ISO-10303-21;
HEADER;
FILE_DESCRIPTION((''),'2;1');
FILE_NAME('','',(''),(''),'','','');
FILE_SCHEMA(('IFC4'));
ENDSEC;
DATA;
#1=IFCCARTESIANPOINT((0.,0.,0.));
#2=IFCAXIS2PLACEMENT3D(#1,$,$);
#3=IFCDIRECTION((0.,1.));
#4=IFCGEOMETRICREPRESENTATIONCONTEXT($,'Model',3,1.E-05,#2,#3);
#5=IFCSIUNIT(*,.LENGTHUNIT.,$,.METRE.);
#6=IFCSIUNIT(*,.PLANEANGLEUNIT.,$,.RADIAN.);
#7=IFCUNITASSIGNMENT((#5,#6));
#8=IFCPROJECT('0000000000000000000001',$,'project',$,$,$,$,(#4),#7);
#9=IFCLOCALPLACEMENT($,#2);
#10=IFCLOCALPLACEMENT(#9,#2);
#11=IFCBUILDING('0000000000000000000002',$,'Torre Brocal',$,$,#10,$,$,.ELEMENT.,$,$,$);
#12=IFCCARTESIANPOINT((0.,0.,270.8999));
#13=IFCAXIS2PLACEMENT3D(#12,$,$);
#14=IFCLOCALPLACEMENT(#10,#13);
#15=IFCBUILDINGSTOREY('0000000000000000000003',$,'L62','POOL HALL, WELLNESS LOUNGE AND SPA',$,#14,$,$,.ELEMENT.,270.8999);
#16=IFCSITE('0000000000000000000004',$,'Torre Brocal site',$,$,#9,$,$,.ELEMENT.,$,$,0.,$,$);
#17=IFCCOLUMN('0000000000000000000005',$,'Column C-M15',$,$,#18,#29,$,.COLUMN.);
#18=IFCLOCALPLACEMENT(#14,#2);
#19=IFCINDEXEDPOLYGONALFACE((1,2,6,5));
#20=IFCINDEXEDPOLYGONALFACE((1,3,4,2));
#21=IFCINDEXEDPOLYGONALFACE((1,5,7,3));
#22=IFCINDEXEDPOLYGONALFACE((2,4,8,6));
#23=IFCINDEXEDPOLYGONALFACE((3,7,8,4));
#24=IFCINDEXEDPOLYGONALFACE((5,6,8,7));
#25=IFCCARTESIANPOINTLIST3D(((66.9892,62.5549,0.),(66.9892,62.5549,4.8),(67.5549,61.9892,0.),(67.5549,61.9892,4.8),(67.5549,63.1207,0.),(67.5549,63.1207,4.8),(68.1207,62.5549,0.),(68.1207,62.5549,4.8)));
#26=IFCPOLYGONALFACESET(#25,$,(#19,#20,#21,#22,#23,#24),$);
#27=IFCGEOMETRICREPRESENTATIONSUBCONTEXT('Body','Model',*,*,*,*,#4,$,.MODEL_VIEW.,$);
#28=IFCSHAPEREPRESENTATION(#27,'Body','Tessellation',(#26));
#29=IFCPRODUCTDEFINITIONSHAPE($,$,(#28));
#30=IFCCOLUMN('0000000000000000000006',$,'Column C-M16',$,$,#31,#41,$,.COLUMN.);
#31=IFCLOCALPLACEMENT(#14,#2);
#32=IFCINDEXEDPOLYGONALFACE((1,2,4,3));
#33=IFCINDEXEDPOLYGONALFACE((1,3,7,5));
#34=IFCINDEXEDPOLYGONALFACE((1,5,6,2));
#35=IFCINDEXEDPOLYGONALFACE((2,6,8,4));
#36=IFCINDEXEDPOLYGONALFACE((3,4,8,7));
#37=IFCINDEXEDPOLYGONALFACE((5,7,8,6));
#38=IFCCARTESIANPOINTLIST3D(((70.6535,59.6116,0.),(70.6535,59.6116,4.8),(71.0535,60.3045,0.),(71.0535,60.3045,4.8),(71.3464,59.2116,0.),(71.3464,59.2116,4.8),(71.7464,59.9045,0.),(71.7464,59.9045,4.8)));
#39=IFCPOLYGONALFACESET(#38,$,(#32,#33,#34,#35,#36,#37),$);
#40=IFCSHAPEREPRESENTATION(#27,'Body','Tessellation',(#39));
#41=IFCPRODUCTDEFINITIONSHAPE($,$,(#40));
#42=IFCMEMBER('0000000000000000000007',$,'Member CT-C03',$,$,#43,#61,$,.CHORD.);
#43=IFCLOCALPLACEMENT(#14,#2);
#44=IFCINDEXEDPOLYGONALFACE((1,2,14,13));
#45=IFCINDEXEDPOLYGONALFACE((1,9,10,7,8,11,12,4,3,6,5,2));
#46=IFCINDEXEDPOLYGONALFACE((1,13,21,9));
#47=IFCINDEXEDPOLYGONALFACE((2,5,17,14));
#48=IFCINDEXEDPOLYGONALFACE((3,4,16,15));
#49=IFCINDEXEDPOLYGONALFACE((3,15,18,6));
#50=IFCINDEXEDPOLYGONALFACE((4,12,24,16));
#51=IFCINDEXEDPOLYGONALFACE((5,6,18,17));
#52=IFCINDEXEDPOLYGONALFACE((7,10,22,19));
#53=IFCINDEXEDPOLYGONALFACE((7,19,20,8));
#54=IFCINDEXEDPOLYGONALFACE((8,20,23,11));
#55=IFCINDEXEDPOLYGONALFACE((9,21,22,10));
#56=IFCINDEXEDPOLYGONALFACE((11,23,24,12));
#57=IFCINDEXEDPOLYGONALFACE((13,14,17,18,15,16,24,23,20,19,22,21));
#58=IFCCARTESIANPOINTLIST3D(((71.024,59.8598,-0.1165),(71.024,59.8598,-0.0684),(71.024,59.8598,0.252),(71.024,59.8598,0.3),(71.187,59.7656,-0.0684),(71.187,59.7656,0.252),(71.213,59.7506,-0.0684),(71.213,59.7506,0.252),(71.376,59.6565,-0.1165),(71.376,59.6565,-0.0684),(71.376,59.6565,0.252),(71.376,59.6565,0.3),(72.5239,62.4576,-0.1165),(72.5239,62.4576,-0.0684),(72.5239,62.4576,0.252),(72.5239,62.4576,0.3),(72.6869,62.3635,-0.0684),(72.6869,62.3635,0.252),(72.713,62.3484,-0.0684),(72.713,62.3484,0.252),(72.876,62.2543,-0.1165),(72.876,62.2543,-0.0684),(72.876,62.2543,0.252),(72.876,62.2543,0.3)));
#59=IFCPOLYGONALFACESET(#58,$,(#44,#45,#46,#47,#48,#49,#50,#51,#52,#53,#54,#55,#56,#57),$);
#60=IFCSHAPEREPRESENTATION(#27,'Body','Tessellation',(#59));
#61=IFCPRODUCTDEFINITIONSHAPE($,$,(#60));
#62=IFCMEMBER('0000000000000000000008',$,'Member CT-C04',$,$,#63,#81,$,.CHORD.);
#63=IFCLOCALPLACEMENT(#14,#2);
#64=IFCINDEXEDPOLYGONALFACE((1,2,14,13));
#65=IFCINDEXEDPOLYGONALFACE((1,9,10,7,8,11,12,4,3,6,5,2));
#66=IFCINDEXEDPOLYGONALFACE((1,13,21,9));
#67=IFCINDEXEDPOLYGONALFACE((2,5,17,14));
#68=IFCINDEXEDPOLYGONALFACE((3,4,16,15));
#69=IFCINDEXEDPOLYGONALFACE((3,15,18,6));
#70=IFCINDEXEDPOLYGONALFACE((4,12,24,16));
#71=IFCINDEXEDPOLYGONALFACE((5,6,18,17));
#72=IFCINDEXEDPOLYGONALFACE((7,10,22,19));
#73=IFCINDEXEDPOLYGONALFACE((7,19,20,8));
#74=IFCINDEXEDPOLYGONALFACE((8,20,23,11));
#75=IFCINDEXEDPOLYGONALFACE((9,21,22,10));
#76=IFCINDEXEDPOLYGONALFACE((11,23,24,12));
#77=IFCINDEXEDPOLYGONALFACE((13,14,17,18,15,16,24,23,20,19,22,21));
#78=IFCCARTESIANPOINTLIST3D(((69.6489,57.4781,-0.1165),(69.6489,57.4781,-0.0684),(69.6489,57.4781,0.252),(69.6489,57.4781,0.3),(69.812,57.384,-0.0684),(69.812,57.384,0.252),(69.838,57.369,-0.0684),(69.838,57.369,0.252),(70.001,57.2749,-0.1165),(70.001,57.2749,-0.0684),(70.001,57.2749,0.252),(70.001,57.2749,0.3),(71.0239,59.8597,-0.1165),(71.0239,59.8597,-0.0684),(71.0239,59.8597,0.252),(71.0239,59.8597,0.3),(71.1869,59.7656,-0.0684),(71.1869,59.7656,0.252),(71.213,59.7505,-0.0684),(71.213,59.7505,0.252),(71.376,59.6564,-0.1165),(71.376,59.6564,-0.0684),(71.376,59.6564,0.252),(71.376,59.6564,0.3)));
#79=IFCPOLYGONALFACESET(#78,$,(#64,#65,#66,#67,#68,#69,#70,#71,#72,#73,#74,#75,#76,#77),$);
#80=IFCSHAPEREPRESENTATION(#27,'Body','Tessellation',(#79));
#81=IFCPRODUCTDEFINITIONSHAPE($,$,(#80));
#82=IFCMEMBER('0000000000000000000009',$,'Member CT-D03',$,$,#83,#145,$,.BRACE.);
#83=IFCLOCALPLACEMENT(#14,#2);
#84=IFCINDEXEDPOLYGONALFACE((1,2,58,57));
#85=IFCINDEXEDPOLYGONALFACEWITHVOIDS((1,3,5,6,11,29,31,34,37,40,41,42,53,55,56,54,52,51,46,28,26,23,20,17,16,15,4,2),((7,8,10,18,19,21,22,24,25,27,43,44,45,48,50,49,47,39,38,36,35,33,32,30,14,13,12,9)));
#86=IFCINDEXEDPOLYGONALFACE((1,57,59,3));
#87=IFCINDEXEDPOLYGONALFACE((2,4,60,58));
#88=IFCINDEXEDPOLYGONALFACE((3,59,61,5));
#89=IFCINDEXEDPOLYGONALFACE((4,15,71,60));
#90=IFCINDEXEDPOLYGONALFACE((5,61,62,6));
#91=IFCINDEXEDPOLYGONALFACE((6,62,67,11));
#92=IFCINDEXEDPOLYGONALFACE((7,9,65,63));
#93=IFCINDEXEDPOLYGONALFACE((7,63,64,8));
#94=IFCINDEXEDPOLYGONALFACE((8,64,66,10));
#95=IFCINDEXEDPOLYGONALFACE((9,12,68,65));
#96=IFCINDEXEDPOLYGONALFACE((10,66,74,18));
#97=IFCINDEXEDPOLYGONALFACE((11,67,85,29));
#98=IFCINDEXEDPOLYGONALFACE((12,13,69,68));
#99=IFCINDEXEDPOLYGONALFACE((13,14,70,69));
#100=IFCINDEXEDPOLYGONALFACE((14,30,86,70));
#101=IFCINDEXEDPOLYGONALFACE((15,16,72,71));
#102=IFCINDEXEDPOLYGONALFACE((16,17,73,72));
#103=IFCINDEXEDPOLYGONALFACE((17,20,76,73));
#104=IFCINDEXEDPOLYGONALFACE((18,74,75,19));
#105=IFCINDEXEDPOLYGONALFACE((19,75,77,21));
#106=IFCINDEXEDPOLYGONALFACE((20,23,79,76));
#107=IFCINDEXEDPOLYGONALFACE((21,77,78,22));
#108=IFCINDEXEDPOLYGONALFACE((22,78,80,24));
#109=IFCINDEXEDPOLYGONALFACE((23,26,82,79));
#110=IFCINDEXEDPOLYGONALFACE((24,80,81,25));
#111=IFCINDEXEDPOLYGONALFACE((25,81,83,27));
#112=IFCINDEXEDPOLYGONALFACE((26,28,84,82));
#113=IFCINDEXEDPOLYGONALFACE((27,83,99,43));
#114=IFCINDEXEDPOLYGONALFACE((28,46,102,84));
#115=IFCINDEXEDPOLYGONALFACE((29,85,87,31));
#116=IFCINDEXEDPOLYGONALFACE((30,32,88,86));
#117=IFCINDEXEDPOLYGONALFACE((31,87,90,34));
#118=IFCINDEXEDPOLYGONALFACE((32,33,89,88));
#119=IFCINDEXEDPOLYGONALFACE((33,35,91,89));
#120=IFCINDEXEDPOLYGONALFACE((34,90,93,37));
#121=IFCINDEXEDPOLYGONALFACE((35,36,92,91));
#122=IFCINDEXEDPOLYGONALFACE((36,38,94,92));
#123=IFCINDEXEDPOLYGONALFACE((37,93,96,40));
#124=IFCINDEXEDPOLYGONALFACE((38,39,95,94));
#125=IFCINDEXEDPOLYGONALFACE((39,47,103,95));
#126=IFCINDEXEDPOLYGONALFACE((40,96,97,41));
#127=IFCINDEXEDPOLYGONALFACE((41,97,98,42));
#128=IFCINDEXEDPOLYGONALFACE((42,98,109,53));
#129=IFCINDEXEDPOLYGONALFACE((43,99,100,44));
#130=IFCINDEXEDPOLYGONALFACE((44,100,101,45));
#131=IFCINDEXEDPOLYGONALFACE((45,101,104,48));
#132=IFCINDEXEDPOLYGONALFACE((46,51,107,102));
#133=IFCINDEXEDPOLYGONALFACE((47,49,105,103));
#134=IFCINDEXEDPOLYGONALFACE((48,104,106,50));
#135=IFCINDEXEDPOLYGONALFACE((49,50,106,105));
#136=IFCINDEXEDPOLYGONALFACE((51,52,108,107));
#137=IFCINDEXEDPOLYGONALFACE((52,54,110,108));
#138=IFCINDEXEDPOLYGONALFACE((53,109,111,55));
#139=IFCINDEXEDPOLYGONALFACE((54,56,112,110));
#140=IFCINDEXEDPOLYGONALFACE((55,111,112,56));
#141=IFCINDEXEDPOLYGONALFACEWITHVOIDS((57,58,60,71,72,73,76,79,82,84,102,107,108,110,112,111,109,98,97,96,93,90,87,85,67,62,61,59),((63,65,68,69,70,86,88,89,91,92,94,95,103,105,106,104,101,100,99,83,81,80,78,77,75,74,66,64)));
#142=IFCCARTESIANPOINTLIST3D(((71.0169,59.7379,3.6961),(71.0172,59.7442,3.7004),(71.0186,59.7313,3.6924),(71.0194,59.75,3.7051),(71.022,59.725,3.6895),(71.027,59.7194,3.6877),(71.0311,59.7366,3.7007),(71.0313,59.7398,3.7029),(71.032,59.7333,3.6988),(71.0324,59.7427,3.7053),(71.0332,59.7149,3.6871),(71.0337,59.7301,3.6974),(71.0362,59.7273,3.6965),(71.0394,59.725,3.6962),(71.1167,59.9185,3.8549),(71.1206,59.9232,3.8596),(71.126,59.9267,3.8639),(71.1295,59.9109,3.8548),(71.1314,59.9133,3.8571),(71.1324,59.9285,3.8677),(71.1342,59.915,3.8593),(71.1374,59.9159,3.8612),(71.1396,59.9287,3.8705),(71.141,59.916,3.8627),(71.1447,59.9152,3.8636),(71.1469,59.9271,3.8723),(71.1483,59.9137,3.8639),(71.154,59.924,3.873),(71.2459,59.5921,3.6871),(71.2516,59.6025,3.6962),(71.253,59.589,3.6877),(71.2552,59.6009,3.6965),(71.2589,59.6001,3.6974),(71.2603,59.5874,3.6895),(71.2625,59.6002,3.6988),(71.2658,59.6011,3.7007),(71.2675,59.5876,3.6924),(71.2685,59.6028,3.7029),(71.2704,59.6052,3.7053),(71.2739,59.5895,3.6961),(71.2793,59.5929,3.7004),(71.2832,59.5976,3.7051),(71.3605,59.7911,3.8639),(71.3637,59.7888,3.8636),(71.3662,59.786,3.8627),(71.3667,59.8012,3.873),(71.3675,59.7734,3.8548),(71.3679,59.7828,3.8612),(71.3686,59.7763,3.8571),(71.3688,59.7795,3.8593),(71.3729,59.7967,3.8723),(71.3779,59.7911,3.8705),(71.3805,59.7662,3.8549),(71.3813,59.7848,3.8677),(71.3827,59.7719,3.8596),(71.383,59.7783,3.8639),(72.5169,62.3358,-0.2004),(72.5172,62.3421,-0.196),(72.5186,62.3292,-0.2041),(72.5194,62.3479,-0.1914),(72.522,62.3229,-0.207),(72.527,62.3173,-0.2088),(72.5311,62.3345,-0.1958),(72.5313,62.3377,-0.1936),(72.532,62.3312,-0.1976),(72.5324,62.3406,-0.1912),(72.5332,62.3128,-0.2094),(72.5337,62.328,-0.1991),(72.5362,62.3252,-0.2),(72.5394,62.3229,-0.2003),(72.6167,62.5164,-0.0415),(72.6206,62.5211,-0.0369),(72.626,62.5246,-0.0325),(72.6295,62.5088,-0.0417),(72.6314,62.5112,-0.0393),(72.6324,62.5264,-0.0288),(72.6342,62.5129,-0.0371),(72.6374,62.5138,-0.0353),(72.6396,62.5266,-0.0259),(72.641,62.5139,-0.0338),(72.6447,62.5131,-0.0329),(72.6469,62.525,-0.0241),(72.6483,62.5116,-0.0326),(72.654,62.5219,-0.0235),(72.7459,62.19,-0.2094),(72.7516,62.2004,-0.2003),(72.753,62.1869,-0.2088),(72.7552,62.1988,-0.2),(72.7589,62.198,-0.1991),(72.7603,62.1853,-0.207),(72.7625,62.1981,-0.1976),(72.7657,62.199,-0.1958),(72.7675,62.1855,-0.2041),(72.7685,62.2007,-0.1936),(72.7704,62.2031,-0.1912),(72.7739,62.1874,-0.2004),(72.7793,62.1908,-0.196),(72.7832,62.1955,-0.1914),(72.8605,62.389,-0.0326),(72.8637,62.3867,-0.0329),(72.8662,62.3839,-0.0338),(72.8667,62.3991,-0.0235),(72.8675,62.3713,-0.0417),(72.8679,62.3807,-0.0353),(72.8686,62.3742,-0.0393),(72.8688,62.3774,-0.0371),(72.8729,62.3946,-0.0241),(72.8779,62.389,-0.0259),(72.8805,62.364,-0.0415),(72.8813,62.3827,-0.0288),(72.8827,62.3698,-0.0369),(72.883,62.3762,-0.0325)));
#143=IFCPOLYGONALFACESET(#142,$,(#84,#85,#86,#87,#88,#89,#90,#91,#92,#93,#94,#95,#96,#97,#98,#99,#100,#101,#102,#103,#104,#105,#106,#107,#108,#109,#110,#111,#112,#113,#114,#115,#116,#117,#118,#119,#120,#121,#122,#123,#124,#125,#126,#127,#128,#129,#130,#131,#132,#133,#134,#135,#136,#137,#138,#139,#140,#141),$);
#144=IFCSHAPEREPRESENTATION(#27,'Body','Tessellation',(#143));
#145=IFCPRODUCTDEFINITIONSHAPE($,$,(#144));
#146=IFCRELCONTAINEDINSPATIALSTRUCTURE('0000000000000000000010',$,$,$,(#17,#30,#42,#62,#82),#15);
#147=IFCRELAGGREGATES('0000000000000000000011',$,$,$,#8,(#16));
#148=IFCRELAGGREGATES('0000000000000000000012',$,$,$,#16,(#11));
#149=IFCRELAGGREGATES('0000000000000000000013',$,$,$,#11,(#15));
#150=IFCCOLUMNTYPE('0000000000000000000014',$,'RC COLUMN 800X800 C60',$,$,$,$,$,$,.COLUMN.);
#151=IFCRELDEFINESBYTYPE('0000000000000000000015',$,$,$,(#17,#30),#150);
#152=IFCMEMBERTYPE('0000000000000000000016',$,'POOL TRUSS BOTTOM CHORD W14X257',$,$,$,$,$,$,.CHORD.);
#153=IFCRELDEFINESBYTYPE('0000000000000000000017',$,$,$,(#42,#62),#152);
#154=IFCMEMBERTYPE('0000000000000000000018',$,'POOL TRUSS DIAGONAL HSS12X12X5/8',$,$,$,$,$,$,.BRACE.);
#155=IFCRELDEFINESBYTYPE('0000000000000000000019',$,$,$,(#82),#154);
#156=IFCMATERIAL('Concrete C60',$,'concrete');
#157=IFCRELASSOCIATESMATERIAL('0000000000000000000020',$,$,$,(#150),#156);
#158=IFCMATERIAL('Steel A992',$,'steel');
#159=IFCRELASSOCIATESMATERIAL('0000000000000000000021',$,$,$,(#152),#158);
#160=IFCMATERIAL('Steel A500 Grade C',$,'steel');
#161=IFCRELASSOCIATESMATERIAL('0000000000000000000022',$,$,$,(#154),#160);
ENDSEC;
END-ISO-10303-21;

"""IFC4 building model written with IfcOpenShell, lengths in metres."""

from ifc_helpers import new_model, si_unit, direction, frame, origin, origin_2d, place, context, subcontext, project, spatial, rectangle, hollow_rectangle, i_section, extrude, material, material_profile, profile_set, type_object, element, save


model = new_model("IFC4")

# Units and contexts
model_context = context("Model", 3, precision=1e-05, world=origin(), true_north=direction((0.0, 1.0)))
body_context = subcontext(model_context, "Body", "Model", "MODEL_VIEW")
ifc_project = project(units=[si_unit("LENGTHUNIT", "METRE"), si_unit("PLANEANGLEUNIT", "RADIAN")], contexts=[model_context])

# Site, building, storey
site_placement = place(None, origin())
site = spatial("IfcSite", under=ifc_project, at=site_placement, Name="Torre Brocal site", CompositionType="ELEMENT", RefElevation=0.0)
building_placement = place(site_placement, origin())
building = spatial("IfcBuilding", under=site, at=building_placement, Name="Torre Brocal", CompositionType="ELEMENT")
storey_placement = place(building_placement, frame((0.0, 0.0, 270.8999)))
storey = spatial("IfcBuildingStorey", under=building, at=storey_placement, Name="L62", Description="POOL HALL, WELLNESS LOUNGE AND SPA", CompositionType="ELEMENT", Elevation=270.8999)

# Columns
ifc_material_1 = material(Name="Concrete C60", Category="concrete")
ifc_material_profile_1 = material_profile(ifc_material_1, rectangle(XDim=0.8, YDim=0.8, at=origin_2d()), Name="RC 800X800")
ifc_profile_set_1 = profile_set([ifc_material_profile_1], Name="Concrete C60")
column_type = type_object("IfcColumnType", Name="RC COLUMN 800X800 C60", PredefinedType="COLUMN", material=ifc_profile_set_1)
for number, where, z_axis, x_axis, name in (
    (1, (67.5549, 62.5549, 0.0), (0.0, 0.0, 1.0), (-0.707107, -0.707107, 0.0), "Column C-M15"),
    (2, (71.2, 59.7581, 0.0), (0.0, 0.0, 1.0), (-0.5, -0.866025, 0.0), "Column C-M16"),
):
    element("IfcColumn", number, at=place(storey_placement, frame(where, z_axis=z_axis, x_axis=x_axis)), inside=storey, type_object=column_type, Name=name, PredefinedType="COLUMN", context=body_context, shape_type="SweptSolid", body=[
        extrude(rectangle(XDim=0.8, YDim=0.8, at=origin_2d()), origin(), (0.0, 0.0, 1.0), 4.8),
    ])

# Members
ifc_material_2 = material(Name="Steel A992", Category="steel")
ifc_material_profile_2 = material_profile(ifc_material_2, i_section(OverallWidth=0.4065, OverallDepth=0.4165, WebThickness=0.03, FlangeThickness=0.0481, at=origin_2d()), Name="W14X257")
ifc_profile_set_2 = profile_set([ifc_material_profile_2], Name="Steel A992")
member_type_1 = type_object("IfcMemberType", Name="POOL TRUSS BOTTOM CHORD W14X257", PredefinedType="CHORD", material=ifc_profile_set_2)
member_1_placement = place(storey_placement, frame((72.7, 62.356, 0.0918), z_axis=(-0.500025, -0.866011, 0.0), x_axis=(0.866011, -0.500025, 0.0)))
element("IfcMember", 3, at=member_1_placement, inside=storey, type_object=member_type_1, Name="Member CT-C03", PredefinedType="CHORD", context=body_context, shape_type="SweptSolid", body=[
    extrude(i_section(OverallWidth=0.4065, OverallDepth=0.4165, WebThickness=0.03, FlangeThickness=0.0481, at=origin_2d()), origin(), (0.0, 0.0, 1.0), 2.9998),
])
member_2_placement = place(storey_placement, frame((71.2, 59.7581, 0.0918), z_axis=(-0.499997, -0.866027, 0.0), x_axis=(0.866027, -0.499997, 0.0)))
element("IfcMember", 4, at=member_2_placement, inside=storey, type_object=member_type_1, Name="Member CT-C04", PredefinedType="CHORD", context=body_context, shape_type="SweptSolid", body=[
    extrude(i_section(OverallWidth=0.4065, OverallDepth=0.4165, WebThickness=0.03, FlangeThickness=0.0481, at=origin_2d()), origin(), (0.0, 0.0, 1.0), 2.75),
])
ifc_material_3 = material(Name="Steel A500 Grade C", Category="steel")
ifc_material_profile_3 = material_profile(ifc_material_3, hollow_rectangle(XDim=0.3047, YDim=0.3047, WallThickness=0.0149, InnerFilletRadius=0.0149, OuterFilletRadius=0.0295, at=origin_2d()), Name="HSS12X12X5/8")
ifc_profile_set_3 = profile_set([ifc_material_profile_3], Name="Steel A500 Grade C")
member_type_2 = type_object("IfcMemberType", Name="POOL TRUSS DIAGONAL HSS12X12X5/8", PredefinedType="BRACE", material=ifc_profile_set_3)
member_3_placement = place(storey_placement, frame((72.7, 62.356, -0.1165), z_axis=(-0.305034, -0.528298, 0.792373), x_axis=(0.866011, -0.500025, 0.0)))
element("IfcMember", 5, at=member_3_placement, inside=storey, type_object=member_type_2, Name="Member CT-D03", PredefinedType="BRACE", context=body_context, shape_type="SweptSolid", body=[
    extrude(hollow_rectangle(XDim=0.3047, YDim=0.3047, WallThickness=0.0149, InnerFilletRadius=0.0149, OuterFilletRadius=0.0295, at=origin_2d()), origin(), (0.0, 0.0, 1.0), 4.9175),
])

save(model, "model.ifc")
